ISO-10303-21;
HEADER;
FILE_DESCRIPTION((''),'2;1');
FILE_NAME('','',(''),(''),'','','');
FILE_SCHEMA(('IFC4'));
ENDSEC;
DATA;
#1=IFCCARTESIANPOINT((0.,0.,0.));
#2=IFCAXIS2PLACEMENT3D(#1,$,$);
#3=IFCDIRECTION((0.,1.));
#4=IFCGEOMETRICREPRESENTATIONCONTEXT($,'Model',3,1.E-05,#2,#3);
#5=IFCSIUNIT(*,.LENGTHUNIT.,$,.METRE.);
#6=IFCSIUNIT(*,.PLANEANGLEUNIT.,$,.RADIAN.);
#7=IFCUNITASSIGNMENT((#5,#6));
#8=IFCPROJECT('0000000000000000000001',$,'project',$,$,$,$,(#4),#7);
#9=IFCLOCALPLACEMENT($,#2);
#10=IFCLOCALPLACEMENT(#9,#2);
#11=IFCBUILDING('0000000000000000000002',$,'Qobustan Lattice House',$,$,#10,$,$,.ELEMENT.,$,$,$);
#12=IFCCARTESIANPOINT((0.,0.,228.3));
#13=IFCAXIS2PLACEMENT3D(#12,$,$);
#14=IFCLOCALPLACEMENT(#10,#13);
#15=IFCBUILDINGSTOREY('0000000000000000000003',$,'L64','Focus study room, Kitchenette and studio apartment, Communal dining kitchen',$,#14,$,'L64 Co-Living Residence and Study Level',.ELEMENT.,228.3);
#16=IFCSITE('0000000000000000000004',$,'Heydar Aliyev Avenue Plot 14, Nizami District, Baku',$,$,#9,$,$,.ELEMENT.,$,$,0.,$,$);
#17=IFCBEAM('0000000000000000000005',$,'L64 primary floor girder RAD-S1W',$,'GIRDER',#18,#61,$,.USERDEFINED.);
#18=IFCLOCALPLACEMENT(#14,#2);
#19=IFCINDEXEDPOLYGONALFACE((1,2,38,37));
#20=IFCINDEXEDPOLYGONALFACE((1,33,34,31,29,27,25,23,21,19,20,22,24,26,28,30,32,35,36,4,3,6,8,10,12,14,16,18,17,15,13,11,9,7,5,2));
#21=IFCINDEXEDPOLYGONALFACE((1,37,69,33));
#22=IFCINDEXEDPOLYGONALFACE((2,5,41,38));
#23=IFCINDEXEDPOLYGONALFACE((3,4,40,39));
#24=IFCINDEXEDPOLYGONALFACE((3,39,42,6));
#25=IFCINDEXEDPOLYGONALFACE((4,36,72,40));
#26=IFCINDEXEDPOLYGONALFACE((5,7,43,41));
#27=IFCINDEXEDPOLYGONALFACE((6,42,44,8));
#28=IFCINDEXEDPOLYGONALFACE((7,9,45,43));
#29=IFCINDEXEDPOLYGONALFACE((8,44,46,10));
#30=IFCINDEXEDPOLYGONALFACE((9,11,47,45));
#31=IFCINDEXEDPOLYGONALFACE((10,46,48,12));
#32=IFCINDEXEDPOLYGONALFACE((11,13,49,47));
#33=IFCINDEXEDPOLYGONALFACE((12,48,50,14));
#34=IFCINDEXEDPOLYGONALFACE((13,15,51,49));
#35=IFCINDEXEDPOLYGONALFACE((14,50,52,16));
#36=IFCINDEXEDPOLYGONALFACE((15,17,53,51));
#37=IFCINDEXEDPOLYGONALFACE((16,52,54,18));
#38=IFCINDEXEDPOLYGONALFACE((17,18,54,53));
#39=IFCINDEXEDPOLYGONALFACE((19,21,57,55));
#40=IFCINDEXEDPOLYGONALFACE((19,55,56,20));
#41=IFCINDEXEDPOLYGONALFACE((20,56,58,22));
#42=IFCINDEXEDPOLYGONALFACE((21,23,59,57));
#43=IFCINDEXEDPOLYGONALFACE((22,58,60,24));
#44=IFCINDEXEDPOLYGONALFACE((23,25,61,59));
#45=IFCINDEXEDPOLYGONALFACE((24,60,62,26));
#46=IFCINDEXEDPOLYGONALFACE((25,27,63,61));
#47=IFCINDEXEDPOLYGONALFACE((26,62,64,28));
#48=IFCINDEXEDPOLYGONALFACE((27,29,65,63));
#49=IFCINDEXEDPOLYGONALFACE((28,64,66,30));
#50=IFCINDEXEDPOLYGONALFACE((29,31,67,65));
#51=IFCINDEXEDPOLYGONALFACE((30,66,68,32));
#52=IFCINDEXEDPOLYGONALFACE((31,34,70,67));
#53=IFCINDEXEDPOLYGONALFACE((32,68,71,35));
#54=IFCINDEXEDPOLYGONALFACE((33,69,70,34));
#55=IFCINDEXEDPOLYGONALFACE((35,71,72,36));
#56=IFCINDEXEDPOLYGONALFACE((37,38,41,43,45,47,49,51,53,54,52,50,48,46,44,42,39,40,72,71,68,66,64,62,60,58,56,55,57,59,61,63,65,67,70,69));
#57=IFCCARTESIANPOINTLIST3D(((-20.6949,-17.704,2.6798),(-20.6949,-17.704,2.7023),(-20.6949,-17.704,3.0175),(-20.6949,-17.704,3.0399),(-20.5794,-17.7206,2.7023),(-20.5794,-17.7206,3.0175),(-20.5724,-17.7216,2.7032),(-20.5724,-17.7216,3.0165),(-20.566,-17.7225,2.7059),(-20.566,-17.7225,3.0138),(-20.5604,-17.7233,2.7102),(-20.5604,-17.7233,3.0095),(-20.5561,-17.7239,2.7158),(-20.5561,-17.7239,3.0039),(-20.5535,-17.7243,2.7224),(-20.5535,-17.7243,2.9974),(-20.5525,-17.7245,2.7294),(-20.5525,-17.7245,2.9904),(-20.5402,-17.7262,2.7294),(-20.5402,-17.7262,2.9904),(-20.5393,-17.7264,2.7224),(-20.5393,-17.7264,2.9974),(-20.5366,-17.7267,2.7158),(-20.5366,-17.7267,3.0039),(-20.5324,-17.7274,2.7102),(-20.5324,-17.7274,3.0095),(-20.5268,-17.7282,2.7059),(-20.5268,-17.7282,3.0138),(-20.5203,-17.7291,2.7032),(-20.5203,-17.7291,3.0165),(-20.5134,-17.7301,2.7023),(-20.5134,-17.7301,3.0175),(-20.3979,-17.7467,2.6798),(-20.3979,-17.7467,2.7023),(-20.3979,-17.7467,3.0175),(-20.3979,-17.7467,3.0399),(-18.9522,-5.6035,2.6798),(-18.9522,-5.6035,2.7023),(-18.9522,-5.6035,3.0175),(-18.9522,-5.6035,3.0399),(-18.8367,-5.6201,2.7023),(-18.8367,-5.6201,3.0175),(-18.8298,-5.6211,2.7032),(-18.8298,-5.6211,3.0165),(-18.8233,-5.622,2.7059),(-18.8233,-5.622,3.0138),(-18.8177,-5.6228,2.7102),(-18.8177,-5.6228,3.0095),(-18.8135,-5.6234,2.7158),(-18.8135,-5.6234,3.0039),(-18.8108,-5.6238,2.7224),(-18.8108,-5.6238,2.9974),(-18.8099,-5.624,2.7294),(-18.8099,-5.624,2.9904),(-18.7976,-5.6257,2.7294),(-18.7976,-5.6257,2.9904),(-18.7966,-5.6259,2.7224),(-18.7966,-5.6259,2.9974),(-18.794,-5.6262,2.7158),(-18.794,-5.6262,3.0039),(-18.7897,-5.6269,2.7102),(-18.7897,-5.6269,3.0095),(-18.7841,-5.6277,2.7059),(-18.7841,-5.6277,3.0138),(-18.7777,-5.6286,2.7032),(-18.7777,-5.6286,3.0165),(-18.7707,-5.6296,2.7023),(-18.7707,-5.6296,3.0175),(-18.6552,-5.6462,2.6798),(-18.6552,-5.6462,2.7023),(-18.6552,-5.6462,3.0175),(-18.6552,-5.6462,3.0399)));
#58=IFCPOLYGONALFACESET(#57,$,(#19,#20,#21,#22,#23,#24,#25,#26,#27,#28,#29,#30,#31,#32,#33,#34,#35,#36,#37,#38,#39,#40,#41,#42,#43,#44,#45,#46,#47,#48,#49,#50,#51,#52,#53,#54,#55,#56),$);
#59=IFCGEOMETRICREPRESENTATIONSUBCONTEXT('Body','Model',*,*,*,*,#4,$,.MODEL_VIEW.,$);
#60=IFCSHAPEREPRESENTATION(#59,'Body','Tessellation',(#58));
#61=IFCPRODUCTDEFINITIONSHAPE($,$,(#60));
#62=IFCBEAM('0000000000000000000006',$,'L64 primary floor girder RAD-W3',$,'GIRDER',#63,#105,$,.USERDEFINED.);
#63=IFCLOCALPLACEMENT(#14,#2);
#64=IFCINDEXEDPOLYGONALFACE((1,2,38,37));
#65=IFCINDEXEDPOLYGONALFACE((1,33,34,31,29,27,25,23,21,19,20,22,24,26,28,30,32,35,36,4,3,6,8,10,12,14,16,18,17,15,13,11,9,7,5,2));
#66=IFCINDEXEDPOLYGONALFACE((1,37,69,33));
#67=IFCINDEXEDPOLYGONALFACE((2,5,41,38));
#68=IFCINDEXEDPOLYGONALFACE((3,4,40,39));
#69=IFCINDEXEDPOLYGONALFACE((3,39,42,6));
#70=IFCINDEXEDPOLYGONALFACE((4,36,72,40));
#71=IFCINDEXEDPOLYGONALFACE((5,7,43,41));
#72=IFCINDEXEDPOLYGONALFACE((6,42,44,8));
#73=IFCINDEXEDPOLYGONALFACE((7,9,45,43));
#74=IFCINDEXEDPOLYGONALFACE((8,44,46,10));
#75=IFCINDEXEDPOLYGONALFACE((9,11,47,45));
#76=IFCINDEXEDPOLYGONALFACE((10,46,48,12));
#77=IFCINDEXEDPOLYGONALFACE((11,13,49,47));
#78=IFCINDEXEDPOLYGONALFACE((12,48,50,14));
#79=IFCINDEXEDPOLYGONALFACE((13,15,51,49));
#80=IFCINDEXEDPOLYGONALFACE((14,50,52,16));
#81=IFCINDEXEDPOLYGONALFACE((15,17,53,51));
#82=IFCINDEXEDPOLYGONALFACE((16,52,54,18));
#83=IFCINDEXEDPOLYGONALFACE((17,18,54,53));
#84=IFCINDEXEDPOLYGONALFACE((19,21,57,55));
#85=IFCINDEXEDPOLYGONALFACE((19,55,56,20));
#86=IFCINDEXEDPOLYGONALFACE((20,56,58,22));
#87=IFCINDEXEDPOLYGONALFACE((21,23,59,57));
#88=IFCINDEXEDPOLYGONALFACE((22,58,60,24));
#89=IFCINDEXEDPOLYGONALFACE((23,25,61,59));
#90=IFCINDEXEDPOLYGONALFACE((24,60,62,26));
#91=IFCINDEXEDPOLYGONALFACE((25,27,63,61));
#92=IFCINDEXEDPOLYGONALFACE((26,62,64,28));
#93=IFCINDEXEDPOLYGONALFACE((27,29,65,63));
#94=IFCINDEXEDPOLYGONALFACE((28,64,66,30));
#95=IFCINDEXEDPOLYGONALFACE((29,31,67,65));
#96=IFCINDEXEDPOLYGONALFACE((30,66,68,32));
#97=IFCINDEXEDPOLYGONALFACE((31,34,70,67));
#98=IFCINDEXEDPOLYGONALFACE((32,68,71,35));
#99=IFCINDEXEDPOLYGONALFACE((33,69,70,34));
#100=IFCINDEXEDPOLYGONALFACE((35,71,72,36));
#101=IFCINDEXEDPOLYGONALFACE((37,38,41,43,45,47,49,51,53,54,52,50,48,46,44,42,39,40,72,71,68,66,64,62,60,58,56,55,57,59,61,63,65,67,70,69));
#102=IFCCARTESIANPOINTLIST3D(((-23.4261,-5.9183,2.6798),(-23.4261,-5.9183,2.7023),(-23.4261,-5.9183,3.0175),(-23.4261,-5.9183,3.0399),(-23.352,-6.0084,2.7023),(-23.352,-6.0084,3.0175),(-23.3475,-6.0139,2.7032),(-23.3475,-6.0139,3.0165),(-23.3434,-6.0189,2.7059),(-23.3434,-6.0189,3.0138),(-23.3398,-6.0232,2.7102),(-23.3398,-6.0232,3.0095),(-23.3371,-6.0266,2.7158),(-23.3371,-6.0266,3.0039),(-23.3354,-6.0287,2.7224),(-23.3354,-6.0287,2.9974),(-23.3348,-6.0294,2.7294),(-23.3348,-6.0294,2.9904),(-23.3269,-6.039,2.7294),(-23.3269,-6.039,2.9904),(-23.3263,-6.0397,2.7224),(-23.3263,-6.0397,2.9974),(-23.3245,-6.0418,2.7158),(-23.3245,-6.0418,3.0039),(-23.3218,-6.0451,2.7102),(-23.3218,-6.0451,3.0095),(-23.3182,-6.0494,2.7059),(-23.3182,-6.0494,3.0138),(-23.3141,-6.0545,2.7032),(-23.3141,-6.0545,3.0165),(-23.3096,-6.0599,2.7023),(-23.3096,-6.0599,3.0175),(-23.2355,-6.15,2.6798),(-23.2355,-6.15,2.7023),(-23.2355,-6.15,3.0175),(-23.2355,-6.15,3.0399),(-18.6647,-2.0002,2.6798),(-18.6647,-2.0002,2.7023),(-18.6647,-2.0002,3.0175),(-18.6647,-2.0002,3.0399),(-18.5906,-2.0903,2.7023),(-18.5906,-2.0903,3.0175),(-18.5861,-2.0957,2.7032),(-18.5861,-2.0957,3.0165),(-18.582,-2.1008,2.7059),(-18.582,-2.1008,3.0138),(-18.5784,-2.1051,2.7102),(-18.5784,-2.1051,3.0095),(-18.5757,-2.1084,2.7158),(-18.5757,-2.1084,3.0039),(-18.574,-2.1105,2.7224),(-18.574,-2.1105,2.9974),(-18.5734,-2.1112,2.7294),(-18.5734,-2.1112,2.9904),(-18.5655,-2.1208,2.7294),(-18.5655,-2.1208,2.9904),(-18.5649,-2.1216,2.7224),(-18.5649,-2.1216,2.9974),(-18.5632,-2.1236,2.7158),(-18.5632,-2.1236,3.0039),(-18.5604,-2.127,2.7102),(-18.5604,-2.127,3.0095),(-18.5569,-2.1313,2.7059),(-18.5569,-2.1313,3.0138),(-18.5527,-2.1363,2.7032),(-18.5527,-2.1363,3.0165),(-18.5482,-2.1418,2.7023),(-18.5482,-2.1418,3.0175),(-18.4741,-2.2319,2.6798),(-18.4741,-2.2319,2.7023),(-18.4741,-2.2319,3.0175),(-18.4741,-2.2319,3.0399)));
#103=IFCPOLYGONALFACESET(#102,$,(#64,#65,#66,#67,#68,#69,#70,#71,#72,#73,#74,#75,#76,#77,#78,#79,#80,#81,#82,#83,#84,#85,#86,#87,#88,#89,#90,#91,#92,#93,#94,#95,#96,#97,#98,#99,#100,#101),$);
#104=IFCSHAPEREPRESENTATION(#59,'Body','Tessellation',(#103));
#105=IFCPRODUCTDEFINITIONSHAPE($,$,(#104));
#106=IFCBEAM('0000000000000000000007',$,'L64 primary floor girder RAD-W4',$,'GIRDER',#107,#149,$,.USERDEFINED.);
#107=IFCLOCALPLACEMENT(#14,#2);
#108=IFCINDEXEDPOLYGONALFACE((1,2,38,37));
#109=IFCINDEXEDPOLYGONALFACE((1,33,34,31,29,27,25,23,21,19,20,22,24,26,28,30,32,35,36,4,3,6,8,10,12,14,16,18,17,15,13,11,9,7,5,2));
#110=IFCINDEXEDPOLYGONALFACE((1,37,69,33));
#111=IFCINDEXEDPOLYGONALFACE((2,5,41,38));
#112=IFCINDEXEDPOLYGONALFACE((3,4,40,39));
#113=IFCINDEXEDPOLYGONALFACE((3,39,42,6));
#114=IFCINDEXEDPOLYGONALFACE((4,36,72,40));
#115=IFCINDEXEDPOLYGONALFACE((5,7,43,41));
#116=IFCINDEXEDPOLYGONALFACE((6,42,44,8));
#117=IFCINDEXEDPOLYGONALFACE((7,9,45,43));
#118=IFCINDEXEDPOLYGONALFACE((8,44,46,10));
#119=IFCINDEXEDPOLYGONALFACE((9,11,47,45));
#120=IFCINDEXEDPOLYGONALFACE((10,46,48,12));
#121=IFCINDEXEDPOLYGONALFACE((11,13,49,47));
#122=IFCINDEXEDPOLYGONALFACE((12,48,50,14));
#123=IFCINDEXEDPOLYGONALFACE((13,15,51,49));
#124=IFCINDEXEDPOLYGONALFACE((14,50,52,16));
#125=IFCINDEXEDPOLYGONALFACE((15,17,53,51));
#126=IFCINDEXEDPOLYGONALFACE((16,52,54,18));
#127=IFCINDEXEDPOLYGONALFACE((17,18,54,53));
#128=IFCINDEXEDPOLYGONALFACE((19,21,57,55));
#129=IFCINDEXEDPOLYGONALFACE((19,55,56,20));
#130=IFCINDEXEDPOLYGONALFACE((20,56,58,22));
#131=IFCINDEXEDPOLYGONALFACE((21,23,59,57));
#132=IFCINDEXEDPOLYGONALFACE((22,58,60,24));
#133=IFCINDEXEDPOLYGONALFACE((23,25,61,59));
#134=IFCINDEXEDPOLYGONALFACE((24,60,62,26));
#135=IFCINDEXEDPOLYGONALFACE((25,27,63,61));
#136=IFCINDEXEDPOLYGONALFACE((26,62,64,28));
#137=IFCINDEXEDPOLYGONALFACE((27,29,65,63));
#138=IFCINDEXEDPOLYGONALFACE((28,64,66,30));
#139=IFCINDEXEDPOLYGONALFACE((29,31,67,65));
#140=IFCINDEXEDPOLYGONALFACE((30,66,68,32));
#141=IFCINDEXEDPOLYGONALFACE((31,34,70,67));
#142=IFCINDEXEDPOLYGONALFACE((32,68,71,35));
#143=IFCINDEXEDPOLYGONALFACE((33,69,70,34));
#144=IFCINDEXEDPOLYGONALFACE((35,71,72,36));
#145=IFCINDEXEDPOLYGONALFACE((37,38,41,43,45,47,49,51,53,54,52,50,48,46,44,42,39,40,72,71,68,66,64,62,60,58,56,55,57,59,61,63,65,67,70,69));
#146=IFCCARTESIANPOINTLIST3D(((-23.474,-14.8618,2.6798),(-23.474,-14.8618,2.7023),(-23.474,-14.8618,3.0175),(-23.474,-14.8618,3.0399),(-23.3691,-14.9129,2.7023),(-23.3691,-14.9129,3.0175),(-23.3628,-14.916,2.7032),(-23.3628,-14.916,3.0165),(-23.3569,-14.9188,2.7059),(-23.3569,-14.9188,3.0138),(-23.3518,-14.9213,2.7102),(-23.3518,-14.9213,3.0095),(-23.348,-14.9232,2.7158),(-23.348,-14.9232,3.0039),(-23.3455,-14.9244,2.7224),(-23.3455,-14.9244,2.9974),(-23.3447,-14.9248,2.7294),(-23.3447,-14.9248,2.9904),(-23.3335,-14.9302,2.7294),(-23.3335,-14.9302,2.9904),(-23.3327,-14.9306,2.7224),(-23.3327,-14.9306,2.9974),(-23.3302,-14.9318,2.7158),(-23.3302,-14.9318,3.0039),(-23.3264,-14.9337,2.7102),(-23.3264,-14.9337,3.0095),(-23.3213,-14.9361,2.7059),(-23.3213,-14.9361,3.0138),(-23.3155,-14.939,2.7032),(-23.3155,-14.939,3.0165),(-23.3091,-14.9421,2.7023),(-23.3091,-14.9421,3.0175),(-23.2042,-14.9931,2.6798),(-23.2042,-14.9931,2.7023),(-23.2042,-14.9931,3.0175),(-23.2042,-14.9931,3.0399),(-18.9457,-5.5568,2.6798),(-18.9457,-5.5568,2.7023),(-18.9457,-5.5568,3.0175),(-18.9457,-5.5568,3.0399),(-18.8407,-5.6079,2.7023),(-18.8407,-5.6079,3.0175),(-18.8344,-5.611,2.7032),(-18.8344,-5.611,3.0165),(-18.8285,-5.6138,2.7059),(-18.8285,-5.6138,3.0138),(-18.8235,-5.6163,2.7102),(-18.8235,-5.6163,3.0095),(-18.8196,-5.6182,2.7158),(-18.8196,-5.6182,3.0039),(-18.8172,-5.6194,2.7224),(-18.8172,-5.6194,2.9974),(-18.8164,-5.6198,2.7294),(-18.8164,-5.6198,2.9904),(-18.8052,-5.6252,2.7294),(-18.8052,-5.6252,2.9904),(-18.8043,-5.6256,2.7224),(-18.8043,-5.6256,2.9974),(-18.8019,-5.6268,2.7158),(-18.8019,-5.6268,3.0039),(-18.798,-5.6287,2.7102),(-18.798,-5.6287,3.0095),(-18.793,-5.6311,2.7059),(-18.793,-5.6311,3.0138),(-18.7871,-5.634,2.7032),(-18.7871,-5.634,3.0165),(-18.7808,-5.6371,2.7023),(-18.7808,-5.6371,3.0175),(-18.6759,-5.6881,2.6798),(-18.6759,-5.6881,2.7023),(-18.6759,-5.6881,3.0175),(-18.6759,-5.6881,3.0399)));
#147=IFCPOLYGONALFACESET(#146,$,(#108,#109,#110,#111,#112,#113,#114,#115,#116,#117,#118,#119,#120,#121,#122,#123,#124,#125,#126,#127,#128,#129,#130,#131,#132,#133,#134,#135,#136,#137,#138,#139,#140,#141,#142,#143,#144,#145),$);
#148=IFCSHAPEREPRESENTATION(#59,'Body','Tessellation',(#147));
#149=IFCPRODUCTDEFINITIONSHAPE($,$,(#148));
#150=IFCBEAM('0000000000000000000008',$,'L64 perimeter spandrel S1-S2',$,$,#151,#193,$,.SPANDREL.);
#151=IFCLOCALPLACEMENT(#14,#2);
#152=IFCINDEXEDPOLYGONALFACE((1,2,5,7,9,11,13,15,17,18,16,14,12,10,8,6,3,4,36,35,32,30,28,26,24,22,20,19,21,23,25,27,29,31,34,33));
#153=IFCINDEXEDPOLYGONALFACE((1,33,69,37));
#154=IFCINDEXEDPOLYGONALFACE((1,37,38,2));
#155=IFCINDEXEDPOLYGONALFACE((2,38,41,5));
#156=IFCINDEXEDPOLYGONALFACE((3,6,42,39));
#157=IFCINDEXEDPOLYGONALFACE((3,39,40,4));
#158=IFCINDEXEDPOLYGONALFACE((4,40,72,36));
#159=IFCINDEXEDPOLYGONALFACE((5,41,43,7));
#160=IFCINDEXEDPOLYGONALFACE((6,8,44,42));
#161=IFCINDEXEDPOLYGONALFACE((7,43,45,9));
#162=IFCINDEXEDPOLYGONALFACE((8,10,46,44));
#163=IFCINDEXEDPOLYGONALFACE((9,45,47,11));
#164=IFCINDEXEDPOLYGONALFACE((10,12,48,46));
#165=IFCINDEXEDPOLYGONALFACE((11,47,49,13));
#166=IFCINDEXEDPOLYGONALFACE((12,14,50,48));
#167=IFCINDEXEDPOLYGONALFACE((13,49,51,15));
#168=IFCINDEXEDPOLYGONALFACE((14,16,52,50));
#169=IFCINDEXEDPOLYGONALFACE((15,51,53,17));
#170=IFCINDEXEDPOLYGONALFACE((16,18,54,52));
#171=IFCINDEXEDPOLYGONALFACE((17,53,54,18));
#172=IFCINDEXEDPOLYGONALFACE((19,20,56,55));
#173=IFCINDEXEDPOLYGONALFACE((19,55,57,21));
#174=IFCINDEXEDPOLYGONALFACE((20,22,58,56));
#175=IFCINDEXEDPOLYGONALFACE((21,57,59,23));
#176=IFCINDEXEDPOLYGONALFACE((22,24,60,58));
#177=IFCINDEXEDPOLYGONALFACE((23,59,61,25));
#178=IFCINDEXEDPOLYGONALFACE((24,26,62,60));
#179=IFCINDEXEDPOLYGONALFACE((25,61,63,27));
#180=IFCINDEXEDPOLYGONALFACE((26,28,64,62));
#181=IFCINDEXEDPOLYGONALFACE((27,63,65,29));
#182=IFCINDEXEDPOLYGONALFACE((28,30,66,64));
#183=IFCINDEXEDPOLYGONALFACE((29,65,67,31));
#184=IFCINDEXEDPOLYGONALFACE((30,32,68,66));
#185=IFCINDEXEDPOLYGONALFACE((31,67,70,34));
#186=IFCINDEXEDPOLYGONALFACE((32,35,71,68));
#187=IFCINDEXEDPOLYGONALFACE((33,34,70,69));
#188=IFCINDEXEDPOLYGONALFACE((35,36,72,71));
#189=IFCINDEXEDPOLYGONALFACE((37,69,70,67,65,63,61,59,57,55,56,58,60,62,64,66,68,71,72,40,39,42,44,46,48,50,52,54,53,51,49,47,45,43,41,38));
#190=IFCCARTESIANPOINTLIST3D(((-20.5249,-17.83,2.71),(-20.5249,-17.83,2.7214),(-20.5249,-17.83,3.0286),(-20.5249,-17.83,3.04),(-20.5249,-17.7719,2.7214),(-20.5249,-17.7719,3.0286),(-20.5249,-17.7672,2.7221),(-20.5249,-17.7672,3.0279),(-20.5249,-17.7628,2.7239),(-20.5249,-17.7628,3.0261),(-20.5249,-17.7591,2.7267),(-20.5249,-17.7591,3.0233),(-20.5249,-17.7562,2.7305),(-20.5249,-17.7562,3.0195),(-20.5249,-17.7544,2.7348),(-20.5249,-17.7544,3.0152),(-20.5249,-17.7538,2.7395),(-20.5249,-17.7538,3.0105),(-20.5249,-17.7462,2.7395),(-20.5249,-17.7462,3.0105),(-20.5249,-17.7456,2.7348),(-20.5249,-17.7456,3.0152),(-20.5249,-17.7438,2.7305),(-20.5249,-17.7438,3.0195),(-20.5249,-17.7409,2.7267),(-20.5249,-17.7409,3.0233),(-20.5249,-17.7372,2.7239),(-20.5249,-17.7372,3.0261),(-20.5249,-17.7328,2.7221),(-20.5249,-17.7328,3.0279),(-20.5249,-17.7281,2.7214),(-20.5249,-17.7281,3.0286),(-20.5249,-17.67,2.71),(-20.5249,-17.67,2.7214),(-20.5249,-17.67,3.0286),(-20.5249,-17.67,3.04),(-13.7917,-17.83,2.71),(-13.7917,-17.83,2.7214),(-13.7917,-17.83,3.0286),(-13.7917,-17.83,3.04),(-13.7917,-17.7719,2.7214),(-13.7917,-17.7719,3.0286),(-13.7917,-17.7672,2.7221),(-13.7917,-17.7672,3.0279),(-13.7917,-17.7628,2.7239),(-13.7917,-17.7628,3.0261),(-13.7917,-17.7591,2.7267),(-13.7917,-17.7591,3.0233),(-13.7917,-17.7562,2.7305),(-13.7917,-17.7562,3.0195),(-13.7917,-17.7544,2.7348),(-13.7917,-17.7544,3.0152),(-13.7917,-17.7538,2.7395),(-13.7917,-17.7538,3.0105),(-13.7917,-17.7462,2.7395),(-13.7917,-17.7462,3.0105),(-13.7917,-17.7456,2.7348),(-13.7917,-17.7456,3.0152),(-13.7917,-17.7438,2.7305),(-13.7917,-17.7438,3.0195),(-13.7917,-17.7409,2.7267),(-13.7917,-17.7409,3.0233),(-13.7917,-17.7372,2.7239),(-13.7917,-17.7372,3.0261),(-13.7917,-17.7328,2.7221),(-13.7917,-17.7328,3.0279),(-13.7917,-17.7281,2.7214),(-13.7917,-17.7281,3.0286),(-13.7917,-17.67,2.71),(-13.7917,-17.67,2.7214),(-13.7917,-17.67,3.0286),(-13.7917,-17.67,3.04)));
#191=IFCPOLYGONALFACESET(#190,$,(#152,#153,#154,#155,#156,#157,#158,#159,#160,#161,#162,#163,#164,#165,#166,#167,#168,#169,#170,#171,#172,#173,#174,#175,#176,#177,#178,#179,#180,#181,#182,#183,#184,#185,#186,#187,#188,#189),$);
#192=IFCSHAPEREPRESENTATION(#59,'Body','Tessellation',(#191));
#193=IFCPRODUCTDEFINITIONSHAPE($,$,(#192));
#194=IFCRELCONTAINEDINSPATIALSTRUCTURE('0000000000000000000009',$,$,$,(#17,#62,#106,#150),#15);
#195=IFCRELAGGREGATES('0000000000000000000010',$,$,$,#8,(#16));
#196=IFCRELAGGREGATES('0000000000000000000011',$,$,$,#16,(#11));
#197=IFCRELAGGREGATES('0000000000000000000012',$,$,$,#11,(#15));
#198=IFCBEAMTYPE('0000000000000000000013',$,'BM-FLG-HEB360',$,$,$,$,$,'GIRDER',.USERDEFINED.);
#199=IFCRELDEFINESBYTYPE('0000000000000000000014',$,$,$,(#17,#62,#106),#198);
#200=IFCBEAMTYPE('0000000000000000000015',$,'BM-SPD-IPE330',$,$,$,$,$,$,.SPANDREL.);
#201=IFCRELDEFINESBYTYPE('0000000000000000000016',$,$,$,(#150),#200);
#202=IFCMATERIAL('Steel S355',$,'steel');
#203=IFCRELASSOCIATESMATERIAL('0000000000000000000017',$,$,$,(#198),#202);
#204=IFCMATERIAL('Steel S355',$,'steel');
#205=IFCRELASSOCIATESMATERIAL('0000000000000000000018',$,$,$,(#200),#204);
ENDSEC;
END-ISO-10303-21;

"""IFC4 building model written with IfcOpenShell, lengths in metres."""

from ifc_helpers import new_model, si_unit, direction, frame, origin, origin_2d, place, context, subcontext, project, spatial, i_section, extrude, material, material_profile, profile_set, type_object, element, save


model = new_model("IFC4")

# Units and contexts
model_context = context("Model", 3, precision=1e-05, world=origin(), true_north=direction((0.0, 1.0)))
body_context = subcontext(model_context, "Body", "Model", "MODEL_VIEW")
ifc_project = project(units=[si_unit("LENGTHUNIT", "METRE"), si_unit("PLANEANGLEUNIT", "RADIAN")], contexts=[model_context])

# Site, building, storey
site_placement = place(None, origin())
site = spatial("IfcSite", under=ifc_project, at=site_placement, Name="Heydar Aliyev Avenue Plot 14, Nizami District, Baku", CompositionType="ELEMENT", RefElevation=0.0)
building_placement = place(site_placement, origin())
building = spatial("IfcBuilding", under=site, at=building_placement, Name="Qobustan Lattice House", CompositionType="ELEMENT")
storey_placement = place(building_placement, frame((0.0, 0.0, 228.3)))
storey = spatial("IfcBuildingStorey", under=building, at=storey_placement, Name="L64", Description="Focus study room, Kitchenette and studio apartment, Communal dining kitchen", LongName="L64 Co-Living Residence and Study Level", CompositionType="ELEMENT", Elevation=228.3)

# Beams
ifc_material_1 = material(Name="Steel S355", Category="steel")
ifc_material_profile_1 = material_profile(ifc_material_1, i_section(OverallWidth=0.3, OverallDepth=0.3601, WebThickness=0.0125, FlangeThickness=0.0225, FilletRadius=0.0271, at=origin_2d()), Name="HEB360")
ifc_profile_set_1 = profile_set([ifc_material_profile_1], Name="Steel S355")
beam_type_1 = type_object("IfcBeamType", Name="BM-FLG-HEB360", ElementType="GIRDER", PredefinedType="USERDEFINED", material=ifc_profile_set_1)
beam_1_placement = place(storey_placement, frame((-20.5464, -17.7253, 2.8599), z_axis=(0.142545, 0.989788, 0.0), x_axis=(-0.989788, 0.142545, 0.0)))
element("IfcBeam", 1, at=beam_1_placement, inside=storey, type_object=beam_type_1, Name="L64 primary floor girder RAD-S1W", ObjectType="GIRDER", PredefinedType="USERDEFINED", context=body_context, shape_type="SweptSolid", body=[
    extrude(i_section(OverallWidth=0.3, OverallDepth=0.3601, WebThickness=0.0125, FlangeThickness=0.0225, FilletRadius=0.0271, at=origin_2d()), origin(), (0.0, 0.0, 1.0), 12.2253),
])
beam_2_placement = place(storey_placement, frame((-23.3308, -6.0342, 2.8599), z_axis=(0.772169, 0.635417, 0.0), x_axis=(-0.635417, 0.772169, 0.0)))
element("IfcBeam", 2, at=beam_2_placement, inside=storey, type_object=beam_type_1, Name="L64 primary floor girder RAD-W3", ObjectType="GIRDER", PredefinedType="USERDEFINED", context=body_context, shape_type="SweptSolid", body=[
    extrude(i_section(OverallWidth=0.3, OverallDepth=0.3601, WebThickness=0.0125, FlangeThickness=0.0225, FilletRadius=0.0271, at=origin_2d()), origin(), (0.0, 0.0, 1.0), 6.1663),
])
beam_3_placement = place(storey_placement, frame((-23.3391, -14.9275, 2.8599), z_axis=(0.43759, 0.899174, 0.0), x_axis=(-0.899174, 0.43759, 0.0)))
element("IfcBeam", 3, at=beam_3_placement, inside=storey, type_object=beam_type_1, Name="L64 primary floor girder RAD-W4", ObjectType="GIRDER", PredefinedType="USERDEFINED", context=body_context, shape_type="SweptSolid", body=[
    extrude(i_section(OverallWidth=0.3, OverallDepth=0.3601, WebThickness=0.0125, FlangeThickness=0.0225, FilletRadius=0.0271, at=origin_2d()), origin(), (0.0, 0.0, 1.0), 10.3484),
])
ifc_material_2 = material(Name="Steel S355", Category="steel")
ifc_material_profile_2 = material_profile(ifc_material_2, i_section(OverallWidth=0.1599, OverallDepth=0.3301, WebThickness=0.0076, FlangeThickness=0.0115, FilletRadius=0.0181, at=origin_2d()), Name="IPE330")
ifc_profile_set_2 = profile_set([ifc_material_profile_2], Name="Steel S355")
beam_type_2 = type_object("IfcBeamType", Name="BM-SPD-IPE330", PredefinedType="SPANDREL", material=ifc_profile_set_2)
beam_4_placement = place(storey_placement, frame((-20.5249, -17.75, 2.875), z_axis=(1.0, 0.0, 0.0), x_axis=(0.0, 1.0, 0.0)))
element("IfcBeam", 4, at=beam_4_placement, inside=storey, type_object=beam_type_2, Name="L64 perimeter spandrel S1-S2", PredefinedType="SPANDREL", context=body_context, shape_type="SweptSolid", body=[
    extrude(i_section(OverallWidth=0.1599, OverallDepth=0.3301, WebThickness=0.0076, FlangeThickness=0.0115, FilletRadius=0.0181, at=origin_2d()), origin(), (0.0, 0.0, 1.0), 6.7332),
])

save(model, "model.ifc")
